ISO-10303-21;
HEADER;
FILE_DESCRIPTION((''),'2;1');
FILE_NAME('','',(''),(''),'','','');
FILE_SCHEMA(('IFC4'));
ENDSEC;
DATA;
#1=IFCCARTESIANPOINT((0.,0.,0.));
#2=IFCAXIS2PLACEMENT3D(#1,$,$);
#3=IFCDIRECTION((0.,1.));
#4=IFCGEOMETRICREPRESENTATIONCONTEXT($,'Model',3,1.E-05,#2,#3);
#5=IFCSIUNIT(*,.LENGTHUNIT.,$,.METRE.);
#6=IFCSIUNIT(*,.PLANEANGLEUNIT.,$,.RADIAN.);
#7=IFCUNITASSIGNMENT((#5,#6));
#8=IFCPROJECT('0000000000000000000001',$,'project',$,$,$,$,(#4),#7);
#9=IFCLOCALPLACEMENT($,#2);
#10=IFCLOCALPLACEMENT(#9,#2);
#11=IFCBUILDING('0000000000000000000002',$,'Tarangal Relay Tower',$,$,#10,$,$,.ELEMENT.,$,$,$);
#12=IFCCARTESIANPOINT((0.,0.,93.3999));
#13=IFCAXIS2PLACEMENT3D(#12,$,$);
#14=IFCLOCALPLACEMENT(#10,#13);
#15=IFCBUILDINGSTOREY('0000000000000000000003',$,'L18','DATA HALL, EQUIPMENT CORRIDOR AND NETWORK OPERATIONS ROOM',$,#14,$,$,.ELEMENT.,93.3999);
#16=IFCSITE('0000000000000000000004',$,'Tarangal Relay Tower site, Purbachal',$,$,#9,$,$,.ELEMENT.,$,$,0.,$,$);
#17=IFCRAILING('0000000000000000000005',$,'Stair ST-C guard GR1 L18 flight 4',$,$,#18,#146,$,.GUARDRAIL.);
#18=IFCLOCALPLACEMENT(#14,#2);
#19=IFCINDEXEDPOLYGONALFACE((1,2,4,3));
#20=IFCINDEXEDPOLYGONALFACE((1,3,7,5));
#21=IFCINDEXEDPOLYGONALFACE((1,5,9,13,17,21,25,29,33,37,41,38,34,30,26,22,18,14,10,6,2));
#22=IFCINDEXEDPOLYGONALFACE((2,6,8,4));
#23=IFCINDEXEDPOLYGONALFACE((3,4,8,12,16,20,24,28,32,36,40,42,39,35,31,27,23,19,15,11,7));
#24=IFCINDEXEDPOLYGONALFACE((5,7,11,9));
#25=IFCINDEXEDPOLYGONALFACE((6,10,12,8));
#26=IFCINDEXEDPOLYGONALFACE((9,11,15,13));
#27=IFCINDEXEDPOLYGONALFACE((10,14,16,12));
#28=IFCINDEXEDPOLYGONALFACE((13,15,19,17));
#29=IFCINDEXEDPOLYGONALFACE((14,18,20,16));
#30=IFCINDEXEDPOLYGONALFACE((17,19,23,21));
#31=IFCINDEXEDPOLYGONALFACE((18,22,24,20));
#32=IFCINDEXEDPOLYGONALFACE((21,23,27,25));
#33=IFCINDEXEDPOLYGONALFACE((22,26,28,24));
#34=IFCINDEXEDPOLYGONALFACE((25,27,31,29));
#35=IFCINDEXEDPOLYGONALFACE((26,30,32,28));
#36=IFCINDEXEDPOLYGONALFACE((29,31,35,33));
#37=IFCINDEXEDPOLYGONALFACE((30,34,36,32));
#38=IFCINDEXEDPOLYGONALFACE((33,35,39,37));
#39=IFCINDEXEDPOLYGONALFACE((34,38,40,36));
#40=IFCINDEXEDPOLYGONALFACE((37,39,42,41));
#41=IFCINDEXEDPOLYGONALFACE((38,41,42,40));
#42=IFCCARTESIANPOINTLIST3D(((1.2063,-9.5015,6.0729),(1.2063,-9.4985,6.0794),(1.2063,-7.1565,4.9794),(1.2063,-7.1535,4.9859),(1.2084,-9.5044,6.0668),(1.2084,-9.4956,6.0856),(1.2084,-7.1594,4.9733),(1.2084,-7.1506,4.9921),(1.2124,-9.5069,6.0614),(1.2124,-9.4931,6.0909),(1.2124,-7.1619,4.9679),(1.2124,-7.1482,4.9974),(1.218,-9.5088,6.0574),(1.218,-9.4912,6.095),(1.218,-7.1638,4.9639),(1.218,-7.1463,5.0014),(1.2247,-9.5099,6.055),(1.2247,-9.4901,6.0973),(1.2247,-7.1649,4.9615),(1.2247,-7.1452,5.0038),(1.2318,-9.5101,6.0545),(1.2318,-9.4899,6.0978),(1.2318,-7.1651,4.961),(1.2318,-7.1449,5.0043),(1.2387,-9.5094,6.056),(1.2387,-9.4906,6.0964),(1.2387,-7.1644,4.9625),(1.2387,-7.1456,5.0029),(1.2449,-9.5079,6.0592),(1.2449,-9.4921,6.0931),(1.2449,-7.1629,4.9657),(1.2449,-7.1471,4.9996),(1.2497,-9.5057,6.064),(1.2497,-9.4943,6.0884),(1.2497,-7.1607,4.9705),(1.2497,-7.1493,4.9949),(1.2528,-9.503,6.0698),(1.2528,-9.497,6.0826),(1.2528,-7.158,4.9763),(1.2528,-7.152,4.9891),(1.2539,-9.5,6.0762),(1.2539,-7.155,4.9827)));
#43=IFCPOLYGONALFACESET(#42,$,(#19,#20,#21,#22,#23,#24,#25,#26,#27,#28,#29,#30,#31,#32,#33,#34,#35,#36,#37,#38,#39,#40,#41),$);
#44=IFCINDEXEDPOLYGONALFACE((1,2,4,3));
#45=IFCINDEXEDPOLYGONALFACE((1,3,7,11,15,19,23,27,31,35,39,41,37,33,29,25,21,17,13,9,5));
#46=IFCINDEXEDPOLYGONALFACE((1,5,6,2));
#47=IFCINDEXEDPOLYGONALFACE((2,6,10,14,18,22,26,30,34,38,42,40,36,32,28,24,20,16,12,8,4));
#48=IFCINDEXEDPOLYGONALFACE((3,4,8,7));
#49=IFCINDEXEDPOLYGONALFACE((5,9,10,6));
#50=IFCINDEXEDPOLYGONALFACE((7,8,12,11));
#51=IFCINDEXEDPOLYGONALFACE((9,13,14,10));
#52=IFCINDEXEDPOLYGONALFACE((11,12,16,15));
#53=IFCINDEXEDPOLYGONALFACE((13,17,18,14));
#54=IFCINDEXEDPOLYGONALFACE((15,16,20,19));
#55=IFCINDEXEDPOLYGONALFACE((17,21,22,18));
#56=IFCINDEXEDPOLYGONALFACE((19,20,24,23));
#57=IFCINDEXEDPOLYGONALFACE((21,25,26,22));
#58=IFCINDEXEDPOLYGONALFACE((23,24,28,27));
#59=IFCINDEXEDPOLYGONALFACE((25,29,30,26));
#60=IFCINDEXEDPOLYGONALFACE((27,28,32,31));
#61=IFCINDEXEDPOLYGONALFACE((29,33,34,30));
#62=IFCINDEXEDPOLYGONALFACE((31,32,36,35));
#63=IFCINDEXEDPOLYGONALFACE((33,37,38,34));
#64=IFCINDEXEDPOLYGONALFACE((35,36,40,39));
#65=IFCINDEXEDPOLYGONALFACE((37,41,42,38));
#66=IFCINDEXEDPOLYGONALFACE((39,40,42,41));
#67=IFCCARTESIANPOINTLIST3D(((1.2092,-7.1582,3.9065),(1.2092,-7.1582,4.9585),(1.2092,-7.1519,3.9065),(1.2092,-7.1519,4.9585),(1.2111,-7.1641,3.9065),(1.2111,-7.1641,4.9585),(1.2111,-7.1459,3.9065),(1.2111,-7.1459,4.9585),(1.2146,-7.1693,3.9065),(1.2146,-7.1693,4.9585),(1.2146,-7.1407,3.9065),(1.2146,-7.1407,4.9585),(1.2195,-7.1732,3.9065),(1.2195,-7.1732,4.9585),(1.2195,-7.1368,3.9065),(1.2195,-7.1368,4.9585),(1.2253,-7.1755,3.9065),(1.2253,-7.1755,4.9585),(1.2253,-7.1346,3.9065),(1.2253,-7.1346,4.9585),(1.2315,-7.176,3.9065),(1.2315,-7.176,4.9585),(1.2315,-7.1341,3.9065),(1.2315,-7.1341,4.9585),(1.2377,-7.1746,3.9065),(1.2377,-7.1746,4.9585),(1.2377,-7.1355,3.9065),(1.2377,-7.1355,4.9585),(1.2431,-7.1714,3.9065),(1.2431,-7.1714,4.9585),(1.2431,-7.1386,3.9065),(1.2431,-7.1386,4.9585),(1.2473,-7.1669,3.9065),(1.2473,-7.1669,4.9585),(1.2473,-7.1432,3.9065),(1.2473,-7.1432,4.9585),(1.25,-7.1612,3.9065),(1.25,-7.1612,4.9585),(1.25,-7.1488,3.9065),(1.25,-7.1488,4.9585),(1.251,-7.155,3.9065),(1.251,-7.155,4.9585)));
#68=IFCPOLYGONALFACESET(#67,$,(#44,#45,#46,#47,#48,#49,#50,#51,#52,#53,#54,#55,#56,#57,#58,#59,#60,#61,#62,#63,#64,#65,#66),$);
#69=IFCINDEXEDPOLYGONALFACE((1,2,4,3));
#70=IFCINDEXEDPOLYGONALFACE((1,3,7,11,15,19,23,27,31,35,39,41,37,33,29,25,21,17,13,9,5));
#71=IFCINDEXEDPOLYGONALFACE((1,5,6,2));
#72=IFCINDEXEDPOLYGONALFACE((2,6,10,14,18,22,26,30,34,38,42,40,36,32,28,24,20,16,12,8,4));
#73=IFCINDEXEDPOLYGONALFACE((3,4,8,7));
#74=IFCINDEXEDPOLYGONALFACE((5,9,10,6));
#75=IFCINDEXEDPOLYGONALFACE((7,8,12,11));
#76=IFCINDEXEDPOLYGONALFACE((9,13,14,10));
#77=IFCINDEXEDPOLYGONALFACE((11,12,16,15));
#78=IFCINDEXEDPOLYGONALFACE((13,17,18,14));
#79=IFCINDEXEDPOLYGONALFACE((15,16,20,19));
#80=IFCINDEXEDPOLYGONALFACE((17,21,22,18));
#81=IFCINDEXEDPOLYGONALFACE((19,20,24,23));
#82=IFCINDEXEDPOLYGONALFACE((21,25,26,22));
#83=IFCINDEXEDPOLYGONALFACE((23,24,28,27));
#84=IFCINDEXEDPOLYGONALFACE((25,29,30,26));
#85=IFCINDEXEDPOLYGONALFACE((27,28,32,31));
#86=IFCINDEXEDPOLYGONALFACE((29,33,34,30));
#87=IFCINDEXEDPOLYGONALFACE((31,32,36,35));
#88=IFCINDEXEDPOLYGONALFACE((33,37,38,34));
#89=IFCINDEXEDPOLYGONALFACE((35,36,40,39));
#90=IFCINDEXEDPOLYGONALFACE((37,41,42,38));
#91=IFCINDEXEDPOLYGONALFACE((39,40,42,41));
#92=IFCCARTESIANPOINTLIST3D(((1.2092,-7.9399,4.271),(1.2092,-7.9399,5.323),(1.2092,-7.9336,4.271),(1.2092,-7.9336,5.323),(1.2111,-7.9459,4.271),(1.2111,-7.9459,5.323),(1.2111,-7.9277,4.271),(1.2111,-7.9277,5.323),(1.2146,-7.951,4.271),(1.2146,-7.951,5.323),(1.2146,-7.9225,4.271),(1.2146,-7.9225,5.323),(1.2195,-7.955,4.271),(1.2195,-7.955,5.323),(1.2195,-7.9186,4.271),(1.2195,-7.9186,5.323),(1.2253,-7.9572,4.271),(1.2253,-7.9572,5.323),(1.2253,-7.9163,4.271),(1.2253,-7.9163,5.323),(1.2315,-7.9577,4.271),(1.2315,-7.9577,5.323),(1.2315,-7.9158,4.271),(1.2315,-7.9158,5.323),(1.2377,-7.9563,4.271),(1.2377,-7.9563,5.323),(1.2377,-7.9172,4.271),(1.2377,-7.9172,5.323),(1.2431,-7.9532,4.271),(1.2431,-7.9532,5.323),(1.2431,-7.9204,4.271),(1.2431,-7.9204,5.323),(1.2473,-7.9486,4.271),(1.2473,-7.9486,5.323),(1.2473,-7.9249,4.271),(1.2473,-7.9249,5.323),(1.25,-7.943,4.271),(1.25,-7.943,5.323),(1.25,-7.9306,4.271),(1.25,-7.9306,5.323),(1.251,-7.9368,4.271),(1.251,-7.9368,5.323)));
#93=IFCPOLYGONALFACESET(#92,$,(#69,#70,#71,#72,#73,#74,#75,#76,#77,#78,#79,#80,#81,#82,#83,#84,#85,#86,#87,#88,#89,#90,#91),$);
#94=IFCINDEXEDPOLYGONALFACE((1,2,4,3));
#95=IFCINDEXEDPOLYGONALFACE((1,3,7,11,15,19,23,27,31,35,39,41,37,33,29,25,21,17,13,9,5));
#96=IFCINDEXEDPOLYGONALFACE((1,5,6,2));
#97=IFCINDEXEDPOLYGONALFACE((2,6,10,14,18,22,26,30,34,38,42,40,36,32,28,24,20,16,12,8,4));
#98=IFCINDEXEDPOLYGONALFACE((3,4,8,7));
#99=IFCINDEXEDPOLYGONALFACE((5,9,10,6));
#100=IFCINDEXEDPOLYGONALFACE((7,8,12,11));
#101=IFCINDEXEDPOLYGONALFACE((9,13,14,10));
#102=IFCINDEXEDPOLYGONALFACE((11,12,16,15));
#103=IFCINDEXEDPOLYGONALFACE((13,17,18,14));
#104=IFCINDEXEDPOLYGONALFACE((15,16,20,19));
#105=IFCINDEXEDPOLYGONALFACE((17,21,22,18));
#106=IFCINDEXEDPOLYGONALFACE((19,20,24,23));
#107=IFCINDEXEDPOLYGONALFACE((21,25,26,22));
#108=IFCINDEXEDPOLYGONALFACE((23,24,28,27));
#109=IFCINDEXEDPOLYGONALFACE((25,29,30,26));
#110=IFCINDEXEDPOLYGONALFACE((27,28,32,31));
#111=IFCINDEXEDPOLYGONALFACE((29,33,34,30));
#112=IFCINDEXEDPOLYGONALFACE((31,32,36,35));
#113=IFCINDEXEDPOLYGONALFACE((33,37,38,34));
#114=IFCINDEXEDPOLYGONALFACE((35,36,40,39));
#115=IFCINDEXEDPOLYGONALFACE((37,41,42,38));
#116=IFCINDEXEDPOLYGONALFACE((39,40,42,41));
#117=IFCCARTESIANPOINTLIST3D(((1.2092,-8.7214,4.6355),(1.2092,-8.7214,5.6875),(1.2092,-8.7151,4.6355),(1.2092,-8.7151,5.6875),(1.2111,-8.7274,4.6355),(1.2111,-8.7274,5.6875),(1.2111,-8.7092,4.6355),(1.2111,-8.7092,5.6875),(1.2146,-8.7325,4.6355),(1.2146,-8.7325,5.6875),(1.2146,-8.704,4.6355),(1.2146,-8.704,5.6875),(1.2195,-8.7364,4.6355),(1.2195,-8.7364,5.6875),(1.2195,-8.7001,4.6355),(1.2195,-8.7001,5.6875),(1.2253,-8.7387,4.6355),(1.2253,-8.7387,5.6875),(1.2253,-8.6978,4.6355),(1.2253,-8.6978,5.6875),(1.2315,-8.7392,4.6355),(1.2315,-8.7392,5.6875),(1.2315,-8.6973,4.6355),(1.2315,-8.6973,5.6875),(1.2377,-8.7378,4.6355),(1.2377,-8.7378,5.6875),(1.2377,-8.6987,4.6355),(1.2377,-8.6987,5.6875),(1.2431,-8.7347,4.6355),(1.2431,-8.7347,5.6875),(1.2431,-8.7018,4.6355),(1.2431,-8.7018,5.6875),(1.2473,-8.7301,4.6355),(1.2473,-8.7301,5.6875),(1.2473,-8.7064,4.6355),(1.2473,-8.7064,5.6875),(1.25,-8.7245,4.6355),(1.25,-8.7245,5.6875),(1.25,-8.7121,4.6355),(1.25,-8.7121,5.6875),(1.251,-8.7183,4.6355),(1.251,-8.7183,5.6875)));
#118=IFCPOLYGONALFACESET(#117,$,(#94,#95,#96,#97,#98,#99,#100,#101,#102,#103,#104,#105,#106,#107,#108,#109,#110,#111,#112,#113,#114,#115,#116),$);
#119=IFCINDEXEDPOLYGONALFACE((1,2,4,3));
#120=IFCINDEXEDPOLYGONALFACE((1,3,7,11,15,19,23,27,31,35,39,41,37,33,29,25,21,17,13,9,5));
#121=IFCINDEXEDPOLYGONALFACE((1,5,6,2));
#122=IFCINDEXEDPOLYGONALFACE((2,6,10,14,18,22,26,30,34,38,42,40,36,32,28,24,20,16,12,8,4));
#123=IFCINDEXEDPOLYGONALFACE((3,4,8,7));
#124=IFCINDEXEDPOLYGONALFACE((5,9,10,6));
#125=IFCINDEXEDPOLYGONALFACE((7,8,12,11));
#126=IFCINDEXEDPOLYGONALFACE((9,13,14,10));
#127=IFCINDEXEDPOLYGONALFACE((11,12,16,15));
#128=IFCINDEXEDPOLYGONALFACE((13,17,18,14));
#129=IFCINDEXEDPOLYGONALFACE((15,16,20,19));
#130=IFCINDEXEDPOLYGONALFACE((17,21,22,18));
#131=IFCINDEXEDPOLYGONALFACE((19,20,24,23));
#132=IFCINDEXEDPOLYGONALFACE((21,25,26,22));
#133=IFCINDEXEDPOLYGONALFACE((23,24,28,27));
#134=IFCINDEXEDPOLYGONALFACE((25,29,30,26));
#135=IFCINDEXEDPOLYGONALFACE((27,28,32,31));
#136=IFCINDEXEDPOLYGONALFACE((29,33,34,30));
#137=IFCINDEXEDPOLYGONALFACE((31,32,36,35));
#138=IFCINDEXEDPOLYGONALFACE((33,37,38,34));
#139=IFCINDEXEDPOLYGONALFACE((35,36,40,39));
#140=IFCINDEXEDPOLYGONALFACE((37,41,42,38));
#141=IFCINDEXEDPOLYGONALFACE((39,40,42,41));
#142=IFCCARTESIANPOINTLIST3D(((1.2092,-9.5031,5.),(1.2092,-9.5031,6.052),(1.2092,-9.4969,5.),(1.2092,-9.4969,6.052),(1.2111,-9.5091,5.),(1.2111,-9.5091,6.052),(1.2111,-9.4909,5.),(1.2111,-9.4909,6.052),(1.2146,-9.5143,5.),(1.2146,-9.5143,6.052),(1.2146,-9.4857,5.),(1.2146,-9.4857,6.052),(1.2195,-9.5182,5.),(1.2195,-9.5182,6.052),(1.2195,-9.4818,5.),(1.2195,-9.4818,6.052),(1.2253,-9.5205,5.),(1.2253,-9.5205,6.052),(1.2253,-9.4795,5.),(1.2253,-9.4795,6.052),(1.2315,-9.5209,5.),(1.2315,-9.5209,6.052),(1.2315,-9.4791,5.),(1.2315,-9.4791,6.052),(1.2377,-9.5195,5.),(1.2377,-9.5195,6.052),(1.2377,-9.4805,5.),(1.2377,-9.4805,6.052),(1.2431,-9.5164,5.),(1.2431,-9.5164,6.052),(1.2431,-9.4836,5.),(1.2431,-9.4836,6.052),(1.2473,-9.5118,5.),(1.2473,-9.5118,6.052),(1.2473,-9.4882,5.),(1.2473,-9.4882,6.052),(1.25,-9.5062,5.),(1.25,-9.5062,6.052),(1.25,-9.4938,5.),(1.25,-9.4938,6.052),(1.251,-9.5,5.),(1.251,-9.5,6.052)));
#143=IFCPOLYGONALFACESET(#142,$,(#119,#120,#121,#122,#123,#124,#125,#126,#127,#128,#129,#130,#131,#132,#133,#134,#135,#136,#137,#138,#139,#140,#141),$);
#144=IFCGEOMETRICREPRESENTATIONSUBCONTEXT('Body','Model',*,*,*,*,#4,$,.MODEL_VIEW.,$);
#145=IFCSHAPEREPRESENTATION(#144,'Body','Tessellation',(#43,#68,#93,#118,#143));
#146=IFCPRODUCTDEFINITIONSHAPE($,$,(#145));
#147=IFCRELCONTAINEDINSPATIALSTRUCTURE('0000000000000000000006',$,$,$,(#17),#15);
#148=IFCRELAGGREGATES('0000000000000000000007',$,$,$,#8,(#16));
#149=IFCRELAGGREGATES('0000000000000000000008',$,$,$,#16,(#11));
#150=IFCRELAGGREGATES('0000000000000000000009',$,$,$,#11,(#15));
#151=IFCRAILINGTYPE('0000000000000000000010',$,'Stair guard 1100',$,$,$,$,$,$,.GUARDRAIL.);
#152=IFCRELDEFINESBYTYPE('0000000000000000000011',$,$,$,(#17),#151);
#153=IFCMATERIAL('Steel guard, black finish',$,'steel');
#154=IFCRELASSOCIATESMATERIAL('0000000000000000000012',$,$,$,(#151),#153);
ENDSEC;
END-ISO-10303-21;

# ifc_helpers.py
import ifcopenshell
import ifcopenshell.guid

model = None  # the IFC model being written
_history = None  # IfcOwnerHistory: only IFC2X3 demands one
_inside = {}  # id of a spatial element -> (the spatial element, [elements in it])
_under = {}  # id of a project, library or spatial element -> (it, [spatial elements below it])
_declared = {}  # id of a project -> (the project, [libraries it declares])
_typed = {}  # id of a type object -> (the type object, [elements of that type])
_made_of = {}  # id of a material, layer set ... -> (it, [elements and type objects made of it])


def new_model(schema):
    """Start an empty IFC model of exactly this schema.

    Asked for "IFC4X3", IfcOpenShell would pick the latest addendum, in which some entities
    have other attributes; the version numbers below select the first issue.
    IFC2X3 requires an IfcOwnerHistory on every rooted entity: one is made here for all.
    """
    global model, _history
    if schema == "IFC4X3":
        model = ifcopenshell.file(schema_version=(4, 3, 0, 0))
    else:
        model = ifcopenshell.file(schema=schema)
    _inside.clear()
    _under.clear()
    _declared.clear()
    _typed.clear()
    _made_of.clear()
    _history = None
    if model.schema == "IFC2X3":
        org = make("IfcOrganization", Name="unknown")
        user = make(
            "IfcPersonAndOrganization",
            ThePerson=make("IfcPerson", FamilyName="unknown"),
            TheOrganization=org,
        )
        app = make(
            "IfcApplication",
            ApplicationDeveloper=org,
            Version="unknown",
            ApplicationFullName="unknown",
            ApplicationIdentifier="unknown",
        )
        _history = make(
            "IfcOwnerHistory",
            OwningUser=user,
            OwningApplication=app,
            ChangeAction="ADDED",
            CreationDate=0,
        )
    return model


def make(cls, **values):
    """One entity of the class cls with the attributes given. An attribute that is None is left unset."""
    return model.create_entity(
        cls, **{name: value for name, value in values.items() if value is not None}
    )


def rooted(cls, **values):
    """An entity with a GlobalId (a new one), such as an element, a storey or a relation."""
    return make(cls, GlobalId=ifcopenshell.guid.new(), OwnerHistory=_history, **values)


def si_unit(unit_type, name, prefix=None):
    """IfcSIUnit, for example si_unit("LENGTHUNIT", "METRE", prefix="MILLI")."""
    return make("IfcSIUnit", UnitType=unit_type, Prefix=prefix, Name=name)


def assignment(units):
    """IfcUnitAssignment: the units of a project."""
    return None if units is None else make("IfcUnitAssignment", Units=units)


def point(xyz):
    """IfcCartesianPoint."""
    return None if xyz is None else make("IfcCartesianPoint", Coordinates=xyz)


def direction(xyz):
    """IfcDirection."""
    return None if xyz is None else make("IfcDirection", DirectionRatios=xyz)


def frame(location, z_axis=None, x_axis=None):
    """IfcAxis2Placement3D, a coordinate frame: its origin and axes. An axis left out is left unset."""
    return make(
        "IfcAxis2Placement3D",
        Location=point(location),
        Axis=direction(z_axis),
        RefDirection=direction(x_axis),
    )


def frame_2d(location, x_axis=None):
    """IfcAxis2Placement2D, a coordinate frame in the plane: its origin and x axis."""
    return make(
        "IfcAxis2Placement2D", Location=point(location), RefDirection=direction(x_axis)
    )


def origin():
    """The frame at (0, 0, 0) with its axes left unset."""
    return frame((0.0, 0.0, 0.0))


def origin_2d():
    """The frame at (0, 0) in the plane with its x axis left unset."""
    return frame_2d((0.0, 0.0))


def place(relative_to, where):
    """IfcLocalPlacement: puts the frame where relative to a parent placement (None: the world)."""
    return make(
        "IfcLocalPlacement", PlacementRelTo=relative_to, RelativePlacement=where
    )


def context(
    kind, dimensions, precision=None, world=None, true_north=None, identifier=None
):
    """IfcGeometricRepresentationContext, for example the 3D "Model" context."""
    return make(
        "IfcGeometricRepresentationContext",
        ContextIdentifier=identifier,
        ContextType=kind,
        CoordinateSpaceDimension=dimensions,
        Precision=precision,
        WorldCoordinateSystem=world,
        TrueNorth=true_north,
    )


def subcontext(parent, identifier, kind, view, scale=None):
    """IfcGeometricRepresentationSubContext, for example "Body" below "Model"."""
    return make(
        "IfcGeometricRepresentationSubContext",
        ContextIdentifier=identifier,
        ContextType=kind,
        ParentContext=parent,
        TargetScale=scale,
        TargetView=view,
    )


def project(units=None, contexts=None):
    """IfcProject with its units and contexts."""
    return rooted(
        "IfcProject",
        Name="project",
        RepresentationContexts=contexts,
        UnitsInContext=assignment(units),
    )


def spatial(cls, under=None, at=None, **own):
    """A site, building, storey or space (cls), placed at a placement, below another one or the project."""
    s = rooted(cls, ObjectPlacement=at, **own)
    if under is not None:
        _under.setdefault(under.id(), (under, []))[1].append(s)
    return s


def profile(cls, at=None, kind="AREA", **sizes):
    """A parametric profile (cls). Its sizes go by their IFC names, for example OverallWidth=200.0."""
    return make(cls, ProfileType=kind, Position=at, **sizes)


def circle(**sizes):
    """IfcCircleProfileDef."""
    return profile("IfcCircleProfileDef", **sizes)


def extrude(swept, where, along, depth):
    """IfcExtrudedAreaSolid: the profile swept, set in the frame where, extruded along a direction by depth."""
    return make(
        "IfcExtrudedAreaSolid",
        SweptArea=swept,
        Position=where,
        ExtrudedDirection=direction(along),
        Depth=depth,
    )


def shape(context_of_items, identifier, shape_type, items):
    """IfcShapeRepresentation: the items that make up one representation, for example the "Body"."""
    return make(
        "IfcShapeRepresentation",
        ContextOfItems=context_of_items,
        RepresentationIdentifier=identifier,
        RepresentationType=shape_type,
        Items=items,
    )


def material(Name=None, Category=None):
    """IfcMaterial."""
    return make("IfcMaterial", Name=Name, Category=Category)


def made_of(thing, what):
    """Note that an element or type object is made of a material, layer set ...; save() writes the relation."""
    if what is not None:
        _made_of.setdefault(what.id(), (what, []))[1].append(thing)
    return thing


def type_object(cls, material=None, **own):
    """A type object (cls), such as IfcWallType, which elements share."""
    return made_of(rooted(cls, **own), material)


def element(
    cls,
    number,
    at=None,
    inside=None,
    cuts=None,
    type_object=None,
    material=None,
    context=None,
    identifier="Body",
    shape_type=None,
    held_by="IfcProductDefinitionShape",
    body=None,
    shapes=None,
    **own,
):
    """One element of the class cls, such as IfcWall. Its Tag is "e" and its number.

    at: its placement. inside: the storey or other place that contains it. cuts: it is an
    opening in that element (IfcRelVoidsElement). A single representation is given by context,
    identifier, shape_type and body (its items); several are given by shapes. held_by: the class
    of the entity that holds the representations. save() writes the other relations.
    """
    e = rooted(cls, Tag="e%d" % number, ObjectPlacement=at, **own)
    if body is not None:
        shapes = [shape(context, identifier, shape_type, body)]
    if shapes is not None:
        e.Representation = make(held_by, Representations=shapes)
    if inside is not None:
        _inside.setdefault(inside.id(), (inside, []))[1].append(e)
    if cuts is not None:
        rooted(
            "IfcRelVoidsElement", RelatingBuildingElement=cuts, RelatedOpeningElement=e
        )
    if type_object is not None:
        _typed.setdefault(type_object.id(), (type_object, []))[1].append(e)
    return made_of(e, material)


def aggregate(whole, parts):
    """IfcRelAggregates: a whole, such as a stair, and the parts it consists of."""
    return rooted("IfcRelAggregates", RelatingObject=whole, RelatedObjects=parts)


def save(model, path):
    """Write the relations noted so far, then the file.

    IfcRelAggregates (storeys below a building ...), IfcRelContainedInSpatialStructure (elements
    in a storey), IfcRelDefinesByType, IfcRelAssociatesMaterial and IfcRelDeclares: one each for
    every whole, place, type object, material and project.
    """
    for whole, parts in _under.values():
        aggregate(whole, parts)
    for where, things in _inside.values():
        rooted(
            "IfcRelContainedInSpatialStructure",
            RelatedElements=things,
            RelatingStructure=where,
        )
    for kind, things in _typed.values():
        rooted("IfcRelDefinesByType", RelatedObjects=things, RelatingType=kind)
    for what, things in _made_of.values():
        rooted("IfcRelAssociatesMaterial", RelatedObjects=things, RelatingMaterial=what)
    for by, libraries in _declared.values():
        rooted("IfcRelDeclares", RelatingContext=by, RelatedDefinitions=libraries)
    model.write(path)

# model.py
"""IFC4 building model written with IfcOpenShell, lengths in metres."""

from ifc_helpers import new_model, si_unit, direction, frame, origin, origin_2d, place, context, subcontext, project, spatial, circle, extrude, material, type_object, element, save


model = new_model("IFC4")

# Units and contexts
model_context = context("Model", 3, precision=1e-05, world=origin(), true_north=direction((0.0, 1.0)))
body_context = subcontext(model_context, "Body", "Model", "MODEL_VIEW")
ifc_project = project(units=[si_unit("LENGTHUNIT", "METRE"), si_unit("PLANEANGLEUNIT", "RADIAN")], contexts=[model_context])

# Site, building, storey
site_placement = place(None, origin())
site = spatial("IfcSite", under=ifc_project, at=site_placement, Name="Tarangal Relay Tower site, Purbachal", CompositionType="ELEMENT", RefElevation=0.0)
building_placement = place(site_placement, origin())
building = spatial("IfcBuilding", under=site, at=building_placement, Name="Tarangal Relay Tower", CompositionType="ELEMENT")
storey_placement = place(building_placement, frame((0.0, 0.0, 93.3999)))
storey = spatial("IfcBuildingStorey", under=building, at=storey_placement, Name="L18", Description="DATA HALL, EQUIPMENT CORRIDOR AND NETWORK OPERATIONS ROOM", CompositionType="ELEMENT", Elevation=93.3999)

# Railing
ifc_material_1 = material(Name="Steel guard, black finish", Category="steel")
railing_type_1 = type_object("IfcRailingType", Name="Stair guard 1100", PredefinedType="GUARDRAIL", material=ifc_material_1)
for number, where, name in (
    (1, (1.23, -7.155, 3.9065), "Stair ST-C guard GR1 L18 flight 4"),
):
    element("IfcRailing", number, at=place(storey_placement, frame(where)), inside=storey, type_object=railing_type_1, Name=name, PredefinedType="GUARDRAIL", context=body_context, shape_type="SweptSolid", body=[
        extrude(circle(Radius=0.0239, at=origin_2d()), frame((0.0, 0.0, 1.0762), z_axis=(0.0, -0.906304, 0.422627), x_axis=(1.0, 0.0, 0.0)), (0.0, 0.0, 1.0), 2.5874),
        extrude(circle(Radius=0.021, at=origin_2d()), origin(), (0.0, 0.0, 1.0), 1.052),
        extrude(circle(Radius=0.021, at=origin_2d()), frame((0.0, -0.7817, 0.3645)), (0.0, 0.0, 1.0), 1.052),
        extrude(circle(Radius=0.021, at=origin_2d()), frame((0.0, -1.5632, 0.729)), (0.0, 0.0, 1.0), 1.052),
        extrude(circle(Radius=0.021, at=origin_2d()), frame((0.0, -2.345, 1.0935)), (0.0, 0.0, 1.0), 1.052),
    ])

save(model, "model.ifc")
